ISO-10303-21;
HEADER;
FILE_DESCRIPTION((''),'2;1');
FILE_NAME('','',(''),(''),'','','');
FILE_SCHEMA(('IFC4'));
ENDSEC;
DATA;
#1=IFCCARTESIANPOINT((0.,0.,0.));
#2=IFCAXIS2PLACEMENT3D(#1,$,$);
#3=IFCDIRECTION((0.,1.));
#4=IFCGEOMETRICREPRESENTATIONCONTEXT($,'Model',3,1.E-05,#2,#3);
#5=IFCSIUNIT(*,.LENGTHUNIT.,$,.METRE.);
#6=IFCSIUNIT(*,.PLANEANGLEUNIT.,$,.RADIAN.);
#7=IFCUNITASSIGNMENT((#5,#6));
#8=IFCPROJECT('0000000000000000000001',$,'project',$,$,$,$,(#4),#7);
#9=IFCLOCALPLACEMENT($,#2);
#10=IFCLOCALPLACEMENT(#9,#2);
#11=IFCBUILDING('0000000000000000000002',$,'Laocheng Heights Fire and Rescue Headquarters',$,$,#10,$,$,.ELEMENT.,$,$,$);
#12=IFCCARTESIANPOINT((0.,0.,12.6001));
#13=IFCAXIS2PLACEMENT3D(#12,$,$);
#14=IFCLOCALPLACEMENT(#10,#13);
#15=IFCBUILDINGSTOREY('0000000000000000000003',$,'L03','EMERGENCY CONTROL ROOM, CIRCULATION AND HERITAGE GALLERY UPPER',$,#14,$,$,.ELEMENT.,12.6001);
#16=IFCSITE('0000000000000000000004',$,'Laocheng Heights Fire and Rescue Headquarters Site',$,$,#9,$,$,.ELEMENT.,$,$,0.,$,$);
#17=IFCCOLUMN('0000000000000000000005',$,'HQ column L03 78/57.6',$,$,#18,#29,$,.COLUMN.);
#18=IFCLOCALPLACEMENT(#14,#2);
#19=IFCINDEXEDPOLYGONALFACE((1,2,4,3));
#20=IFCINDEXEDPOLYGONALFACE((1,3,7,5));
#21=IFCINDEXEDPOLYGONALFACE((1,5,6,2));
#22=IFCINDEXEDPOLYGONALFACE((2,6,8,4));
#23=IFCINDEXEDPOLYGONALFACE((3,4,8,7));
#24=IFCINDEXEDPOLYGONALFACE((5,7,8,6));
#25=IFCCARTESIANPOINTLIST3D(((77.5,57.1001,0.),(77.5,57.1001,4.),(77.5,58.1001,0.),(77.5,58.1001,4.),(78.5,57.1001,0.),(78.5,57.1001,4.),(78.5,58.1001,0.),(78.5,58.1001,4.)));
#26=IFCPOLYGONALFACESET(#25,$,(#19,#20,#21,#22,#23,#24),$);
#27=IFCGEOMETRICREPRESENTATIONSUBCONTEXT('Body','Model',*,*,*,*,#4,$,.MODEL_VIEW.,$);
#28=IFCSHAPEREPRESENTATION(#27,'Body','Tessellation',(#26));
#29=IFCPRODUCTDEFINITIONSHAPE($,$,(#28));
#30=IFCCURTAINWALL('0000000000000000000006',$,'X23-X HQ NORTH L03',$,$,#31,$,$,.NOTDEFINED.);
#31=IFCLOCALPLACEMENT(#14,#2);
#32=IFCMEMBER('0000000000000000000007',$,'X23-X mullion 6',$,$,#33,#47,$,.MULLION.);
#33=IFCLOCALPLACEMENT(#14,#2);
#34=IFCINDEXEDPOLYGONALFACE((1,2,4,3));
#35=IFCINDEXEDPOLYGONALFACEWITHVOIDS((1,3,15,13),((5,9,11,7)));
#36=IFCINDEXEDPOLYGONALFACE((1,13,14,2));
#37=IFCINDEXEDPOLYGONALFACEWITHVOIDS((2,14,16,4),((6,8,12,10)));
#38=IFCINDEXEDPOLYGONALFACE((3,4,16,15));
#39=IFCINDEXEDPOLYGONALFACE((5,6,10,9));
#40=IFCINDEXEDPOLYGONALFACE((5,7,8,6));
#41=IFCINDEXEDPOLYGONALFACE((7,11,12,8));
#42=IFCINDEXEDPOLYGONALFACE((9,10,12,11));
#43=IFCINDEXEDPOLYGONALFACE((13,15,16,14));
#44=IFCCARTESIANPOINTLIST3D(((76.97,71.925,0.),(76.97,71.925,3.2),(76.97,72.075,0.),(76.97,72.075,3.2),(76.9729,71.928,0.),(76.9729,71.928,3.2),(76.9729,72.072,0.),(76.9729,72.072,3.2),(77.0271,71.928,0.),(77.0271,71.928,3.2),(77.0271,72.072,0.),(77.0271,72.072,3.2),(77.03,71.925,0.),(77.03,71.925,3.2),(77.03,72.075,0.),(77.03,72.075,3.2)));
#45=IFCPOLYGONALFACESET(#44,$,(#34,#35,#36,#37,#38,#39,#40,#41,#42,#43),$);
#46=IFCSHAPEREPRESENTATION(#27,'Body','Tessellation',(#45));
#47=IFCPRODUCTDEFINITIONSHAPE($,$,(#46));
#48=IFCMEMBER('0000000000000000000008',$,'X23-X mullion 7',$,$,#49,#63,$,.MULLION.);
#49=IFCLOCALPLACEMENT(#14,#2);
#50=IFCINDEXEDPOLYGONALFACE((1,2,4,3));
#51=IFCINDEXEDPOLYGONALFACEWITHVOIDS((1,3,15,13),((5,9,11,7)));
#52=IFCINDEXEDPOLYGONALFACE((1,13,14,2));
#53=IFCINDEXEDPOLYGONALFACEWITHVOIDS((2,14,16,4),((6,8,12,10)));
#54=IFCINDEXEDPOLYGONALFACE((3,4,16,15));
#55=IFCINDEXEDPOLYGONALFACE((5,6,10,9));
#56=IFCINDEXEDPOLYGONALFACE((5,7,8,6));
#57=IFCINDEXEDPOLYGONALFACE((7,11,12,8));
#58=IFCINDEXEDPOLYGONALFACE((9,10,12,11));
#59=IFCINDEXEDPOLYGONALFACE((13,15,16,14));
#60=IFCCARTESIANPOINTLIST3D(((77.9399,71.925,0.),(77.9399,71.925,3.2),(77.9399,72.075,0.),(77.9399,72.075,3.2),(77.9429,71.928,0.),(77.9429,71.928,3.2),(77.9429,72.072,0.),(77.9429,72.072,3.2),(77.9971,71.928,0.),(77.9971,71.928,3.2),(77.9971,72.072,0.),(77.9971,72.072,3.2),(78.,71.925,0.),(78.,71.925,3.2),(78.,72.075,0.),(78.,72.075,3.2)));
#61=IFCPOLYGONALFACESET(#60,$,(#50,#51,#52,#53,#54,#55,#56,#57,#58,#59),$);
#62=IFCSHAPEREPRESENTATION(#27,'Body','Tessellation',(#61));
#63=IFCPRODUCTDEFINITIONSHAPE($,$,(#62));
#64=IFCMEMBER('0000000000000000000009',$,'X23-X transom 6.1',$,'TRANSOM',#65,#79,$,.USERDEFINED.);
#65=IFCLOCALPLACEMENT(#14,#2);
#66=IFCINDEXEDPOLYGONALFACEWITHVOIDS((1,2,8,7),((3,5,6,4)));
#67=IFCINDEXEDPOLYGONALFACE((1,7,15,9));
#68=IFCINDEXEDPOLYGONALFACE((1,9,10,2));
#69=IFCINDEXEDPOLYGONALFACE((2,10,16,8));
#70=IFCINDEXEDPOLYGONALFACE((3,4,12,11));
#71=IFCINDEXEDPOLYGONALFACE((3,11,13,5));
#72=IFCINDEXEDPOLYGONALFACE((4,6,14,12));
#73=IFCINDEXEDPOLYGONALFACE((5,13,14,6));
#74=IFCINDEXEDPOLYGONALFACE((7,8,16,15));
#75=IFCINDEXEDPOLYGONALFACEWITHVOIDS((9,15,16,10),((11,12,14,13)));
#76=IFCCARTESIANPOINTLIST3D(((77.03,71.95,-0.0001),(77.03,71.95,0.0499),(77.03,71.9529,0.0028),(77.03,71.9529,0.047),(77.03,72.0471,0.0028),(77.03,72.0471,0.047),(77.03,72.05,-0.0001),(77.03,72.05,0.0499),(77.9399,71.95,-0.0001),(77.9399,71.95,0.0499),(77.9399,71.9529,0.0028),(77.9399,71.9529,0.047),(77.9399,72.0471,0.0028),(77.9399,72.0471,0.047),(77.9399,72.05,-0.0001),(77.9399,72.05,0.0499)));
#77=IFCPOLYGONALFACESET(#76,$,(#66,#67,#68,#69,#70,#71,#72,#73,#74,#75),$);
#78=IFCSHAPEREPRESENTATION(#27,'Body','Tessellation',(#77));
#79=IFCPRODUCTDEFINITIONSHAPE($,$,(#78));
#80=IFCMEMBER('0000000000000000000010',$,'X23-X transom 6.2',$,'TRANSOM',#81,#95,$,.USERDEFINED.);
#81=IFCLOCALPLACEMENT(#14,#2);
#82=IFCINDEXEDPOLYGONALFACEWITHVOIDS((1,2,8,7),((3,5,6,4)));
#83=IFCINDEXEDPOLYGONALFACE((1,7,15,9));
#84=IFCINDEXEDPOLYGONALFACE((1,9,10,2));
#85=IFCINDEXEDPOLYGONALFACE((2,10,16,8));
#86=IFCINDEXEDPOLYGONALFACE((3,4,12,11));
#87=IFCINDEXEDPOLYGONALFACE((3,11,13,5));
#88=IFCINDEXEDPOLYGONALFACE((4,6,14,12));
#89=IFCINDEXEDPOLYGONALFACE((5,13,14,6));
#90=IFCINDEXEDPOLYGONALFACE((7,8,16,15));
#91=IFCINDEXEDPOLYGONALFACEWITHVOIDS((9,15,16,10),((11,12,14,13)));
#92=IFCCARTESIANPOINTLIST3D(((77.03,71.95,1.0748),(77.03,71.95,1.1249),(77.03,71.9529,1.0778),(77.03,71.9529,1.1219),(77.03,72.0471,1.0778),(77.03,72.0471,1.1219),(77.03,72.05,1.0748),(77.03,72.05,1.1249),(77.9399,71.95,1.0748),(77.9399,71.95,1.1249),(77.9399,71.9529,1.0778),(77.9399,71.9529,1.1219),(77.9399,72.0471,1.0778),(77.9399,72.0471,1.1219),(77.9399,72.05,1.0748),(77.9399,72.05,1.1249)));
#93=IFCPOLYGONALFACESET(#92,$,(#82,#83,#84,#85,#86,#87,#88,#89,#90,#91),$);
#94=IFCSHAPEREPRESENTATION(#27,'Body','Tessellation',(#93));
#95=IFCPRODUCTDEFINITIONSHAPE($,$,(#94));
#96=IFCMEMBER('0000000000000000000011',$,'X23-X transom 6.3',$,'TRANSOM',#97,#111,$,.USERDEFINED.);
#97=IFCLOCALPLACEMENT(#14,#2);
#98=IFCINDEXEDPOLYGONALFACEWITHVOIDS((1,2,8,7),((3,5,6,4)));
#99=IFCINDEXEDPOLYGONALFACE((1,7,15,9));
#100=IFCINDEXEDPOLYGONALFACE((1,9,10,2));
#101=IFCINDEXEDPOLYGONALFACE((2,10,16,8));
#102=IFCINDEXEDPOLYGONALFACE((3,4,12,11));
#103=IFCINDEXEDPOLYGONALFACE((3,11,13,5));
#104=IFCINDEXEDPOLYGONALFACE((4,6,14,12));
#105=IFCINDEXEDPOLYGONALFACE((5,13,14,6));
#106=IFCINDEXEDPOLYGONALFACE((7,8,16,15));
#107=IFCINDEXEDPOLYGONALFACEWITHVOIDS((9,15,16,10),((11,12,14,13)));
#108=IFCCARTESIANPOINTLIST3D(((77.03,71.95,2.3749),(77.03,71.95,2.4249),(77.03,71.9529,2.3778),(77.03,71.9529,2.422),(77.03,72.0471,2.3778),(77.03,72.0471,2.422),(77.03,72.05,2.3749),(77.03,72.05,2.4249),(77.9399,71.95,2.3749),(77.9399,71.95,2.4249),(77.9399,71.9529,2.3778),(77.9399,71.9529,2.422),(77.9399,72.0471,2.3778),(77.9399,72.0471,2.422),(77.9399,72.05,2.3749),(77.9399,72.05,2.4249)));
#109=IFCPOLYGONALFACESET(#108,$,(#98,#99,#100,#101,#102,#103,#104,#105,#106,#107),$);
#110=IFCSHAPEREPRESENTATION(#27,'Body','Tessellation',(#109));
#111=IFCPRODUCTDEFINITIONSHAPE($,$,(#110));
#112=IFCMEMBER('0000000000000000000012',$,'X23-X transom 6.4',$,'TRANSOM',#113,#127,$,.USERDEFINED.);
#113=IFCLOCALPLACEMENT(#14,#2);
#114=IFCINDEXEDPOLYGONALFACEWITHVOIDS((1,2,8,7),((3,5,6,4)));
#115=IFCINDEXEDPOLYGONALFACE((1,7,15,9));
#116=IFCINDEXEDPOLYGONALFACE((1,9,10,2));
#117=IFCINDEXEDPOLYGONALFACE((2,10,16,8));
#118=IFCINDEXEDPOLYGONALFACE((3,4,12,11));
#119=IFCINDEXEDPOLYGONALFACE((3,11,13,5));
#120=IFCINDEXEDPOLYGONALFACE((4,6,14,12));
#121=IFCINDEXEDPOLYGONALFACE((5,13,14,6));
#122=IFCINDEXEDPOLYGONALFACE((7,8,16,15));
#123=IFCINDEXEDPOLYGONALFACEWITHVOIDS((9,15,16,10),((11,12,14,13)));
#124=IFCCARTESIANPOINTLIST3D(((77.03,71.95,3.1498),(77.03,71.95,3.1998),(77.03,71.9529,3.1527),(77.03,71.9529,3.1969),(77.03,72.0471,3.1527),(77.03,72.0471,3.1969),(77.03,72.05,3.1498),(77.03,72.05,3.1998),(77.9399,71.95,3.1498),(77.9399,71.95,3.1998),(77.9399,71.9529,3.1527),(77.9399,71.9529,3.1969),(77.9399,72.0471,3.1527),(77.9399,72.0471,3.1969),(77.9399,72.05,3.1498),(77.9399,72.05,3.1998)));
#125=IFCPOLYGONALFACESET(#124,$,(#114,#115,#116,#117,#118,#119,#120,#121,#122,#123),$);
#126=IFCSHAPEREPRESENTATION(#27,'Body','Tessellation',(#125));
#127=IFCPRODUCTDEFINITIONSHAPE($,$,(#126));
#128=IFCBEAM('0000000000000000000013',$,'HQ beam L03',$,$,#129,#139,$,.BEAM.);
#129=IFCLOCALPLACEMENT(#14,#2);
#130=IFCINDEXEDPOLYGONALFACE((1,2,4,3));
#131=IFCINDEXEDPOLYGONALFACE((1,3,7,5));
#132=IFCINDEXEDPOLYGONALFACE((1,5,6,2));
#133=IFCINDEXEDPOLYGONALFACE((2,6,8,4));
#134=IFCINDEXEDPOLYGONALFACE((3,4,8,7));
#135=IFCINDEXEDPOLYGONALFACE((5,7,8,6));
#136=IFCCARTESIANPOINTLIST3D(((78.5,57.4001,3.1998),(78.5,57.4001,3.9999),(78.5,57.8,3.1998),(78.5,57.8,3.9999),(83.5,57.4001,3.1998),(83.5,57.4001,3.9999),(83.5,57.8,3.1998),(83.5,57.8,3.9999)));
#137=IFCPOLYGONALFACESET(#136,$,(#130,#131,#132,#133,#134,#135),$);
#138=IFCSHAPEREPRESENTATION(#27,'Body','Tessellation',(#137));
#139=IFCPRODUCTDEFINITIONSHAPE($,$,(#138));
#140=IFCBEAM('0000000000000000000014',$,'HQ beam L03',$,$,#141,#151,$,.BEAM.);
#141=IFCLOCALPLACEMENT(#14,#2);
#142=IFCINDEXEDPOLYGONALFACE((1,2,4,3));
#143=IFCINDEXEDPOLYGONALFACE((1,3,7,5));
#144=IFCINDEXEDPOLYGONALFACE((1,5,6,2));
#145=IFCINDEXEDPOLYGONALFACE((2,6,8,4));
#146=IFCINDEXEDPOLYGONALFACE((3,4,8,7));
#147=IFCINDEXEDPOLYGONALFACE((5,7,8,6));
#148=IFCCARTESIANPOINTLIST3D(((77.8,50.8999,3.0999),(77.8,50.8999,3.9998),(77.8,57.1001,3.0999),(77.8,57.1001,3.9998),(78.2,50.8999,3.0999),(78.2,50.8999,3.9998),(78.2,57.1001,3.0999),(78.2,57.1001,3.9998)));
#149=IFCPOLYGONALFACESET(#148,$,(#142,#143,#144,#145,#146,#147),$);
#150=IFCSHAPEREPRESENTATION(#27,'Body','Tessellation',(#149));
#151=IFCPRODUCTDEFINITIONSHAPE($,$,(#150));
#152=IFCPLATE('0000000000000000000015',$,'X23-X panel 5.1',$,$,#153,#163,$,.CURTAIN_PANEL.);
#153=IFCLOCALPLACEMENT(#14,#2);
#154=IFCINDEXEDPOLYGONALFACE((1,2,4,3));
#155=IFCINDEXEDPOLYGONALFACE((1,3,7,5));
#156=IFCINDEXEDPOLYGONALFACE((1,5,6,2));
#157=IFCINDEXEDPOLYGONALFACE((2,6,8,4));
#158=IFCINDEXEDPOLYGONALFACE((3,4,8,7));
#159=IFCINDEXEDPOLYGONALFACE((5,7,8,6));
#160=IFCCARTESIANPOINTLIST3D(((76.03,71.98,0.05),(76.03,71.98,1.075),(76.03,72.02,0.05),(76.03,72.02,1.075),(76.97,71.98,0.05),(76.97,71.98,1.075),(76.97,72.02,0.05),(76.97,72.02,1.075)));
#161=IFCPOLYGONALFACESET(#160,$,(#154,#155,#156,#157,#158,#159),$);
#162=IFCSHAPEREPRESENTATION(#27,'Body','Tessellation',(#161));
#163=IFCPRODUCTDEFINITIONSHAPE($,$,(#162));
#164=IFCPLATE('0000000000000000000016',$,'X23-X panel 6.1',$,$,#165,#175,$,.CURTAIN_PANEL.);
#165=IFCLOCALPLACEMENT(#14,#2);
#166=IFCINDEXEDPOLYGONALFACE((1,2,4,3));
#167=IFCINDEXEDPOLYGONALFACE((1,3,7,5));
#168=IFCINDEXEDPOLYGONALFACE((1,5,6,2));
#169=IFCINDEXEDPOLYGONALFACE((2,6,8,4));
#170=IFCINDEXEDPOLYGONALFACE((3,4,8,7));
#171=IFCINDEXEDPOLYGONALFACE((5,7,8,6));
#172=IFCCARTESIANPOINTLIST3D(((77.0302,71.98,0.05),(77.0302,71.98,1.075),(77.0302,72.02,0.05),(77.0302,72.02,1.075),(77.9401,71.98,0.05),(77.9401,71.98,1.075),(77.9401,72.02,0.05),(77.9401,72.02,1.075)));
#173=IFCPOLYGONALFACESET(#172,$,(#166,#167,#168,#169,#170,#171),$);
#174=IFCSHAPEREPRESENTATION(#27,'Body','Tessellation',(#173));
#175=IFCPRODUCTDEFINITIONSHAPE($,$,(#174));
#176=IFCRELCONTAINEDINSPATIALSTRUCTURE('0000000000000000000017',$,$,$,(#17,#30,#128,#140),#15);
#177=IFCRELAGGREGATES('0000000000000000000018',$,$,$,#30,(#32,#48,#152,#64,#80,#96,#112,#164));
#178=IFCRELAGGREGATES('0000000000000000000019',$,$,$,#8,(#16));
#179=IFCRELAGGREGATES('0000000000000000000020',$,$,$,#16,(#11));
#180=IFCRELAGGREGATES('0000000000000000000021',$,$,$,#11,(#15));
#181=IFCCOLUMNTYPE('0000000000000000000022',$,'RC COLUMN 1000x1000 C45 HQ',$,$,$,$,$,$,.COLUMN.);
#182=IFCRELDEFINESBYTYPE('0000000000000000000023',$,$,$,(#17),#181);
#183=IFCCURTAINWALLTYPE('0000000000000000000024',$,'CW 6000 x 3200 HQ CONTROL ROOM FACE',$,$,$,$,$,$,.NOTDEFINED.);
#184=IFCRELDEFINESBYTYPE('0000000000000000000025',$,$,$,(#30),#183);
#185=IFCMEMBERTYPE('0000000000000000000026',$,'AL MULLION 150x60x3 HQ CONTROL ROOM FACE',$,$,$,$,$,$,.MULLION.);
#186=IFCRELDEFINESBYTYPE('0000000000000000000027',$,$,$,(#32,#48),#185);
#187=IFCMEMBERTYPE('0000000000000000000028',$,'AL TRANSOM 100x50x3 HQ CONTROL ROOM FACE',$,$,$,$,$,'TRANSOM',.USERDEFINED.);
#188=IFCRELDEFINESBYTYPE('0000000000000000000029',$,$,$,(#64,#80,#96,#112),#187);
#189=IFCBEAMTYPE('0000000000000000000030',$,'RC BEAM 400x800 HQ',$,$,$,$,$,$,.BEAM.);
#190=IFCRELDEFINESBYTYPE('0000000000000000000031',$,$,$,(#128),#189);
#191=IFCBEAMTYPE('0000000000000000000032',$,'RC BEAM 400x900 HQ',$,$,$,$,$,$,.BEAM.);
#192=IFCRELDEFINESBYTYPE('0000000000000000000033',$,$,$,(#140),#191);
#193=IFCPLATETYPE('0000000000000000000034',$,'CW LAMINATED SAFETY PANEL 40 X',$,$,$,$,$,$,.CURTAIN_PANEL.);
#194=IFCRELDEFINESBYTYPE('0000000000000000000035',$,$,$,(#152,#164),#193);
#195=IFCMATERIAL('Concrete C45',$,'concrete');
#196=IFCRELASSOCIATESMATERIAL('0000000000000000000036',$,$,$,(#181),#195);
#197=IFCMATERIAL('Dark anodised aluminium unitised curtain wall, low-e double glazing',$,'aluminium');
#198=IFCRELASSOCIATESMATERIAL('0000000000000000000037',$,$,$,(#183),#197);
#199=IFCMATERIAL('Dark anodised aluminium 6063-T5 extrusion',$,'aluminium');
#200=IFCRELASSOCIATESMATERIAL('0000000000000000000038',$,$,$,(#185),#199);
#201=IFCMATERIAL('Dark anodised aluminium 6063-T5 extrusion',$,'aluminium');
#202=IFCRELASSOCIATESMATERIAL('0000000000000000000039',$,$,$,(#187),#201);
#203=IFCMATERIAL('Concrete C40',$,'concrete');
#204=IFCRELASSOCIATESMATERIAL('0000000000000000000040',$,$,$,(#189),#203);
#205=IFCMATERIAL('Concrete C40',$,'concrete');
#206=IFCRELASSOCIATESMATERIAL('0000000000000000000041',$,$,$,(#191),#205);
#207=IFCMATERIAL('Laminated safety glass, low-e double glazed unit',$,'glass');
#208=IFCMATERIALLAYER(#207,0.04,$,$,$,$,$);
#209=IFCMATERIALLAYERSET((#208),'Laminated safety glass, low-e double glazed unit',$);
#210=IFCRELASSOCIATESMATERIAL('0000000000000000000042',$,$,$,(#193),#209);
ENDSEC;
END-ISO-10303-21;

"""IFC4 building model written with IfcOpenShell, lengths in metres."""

from ifc_helpers import new_model, si_unit, direction, frame, origin, origin_2d, place, context, subcontext, project, spatial, rectangle, hollow_rectangle, extrude, material, layer, layer_set, material_profile, profile_set, type_object, element, aggregate, save


model = new_model("IFC4")

# Units and contexts
model_context = context("Model", 3, precision=1e-05, world=origin(), true_north=direction((0.0, 1.0)))
body_context = subcontext(model_context, "Body", "Model", "MODEL_VIEW")
ifc_project = project(units=[si_unit("LENGTHUNIT", "METRE"), si_unit("PLANEANGLEUNIT", "RADIAN")], contexts=[model_context])

# Site, building, storey
site_placement = place(None, origin())
site = spatial("IfcSite", under=ifc_project, at=site_placement, Name="Laocheng Heights Fire and Rescue Headquarters Site", CompositionType="ELEMENT", RefElevation=0.0)
building_placement = place(site_placement, origin())
building = spatial("IfcBuilding", under=site, at=building_placement, Name="Laocheng Heights Fire and Rescue Headquarters", CompositionType="ELEMENT")
storey_placement = place(building_placement, frame((0.0, 0.0, 12.6001)))
storey = spatial("IfcBuildingStorey", under=building, at=storey_placement, Name="L03", Description="EMERGENCY CONTROL ROOM, CIRCULATION AND HERITAGE GALLERY UPPER", CompositionType="ELEMENT", Elevation=12.6001)

# Column
ifc_material_1 = material(Name="Concrete C45", Category="concrete")
ifc_material_profile_1 = material_profile(ifc_material_1, rectangle(XDim=1.0, YDim=1.0, at=origin_2d()), Name="RC COLUMN 1000x1000 C45 HQ")
ifc_profile_set_1 = profile_set([ifc_material_profile_1], Name="Concrete C45")
column_type = type_object("IfcColumnType", Name="RC COLUMN 1000x1000 C45 HQ", PredefinedType="COLUMN", material=ifc_profile_set_1)
column_placement = place(storey_placement, frame((78.0, 57.6001, 0.0), z_axis=(0.0, 0.0, 1.0), x_axis=(1.0, 0.0, 0.0)))
element("IfcColumn", 1, at=column_placement, inside=storey, type_object=column_type, Name="HQ column L03 78/57.6", PredefinedType="COLUMN", context=body_context, shape_type="SweptSolid", body=[
    extrude(rectangle(XDim=1.0, YDim=1.0, at=origin_2d()), origin(), (0.0, 0.0, 1.0), 4.0),
])

# Curtain wall, members
ifc_material_2 = material(Name="Dark anodised aluminium unitised curtain wall, low-e double glazing", Category="aluminium")
curtain_wall_type = type_object("IfcCurtainWallType", Name="CW 6000 x 3200 HQ CONTROL ROOM FACE", PredefinedType="NOTDEFINED", material=ifc_material_2)
curtain_wall_placement = place(storey_placement, origin())
curtain_wall = element("IfcCurtainWall", 2, at=curtain_wall_placement, inside=storey, type_object=curtain_wall_type, Name="X23-X HQ NORTH L03", PredefinedType="NOTDEFINED")
ifc_material_3 = material(Name="Dark anodised aluminium 6063-T5 extrusion", Category="aluminium")
ifc_material_profile_2 = material_profile(ifc_material_3, hollow_rectangle(XDim=0.1499, YDim=0.0601, WallThickness=0.0029, at=origin_2d()), Name="AL MULLION 150x60x3 HQ CONTROL ROOM FACE")
ifc_profile_set_2 = profile_set([ifc_material_profile_2], Name="Dark anodised aluminium 6063-T5 extrusion")
member_type_1 = type_object("IfcMemberType", Name="AL MULLION 150x60x3 HQ CONTROL ROOM FACE", PredefinedType="MULLION", material=ifc_profile_set_2)
member_1_placement = place(storey_placement, frame((77.0, 72.0, 0.0), z_axis=(0.0, 0.0, 1.0), x_axis=(0.0, 1.0, 0.0)))
member_1 = element("IfcMember", 3, at=member_1_placement, type_object=member_type_1, Name="X23-X mullion 6", PredefinedType="MULLION", context=body_context, shape_type="SweptSolid", body=[
    extrude(hollow_rectangle(XDim=0.1499, YDim=0.0601, WallThickness=0.0029, at=origin_2d()), origin(), (0.0, 0.0, 1.0), 3.2),
])
member_2_placement = place(storey_placement, frame((77.97, 72.0, 0.0), z_axis=(0.0, 0.0, 1.0), x_axis=(0.0, 1.0, 0.0)))
member_2 = element("IfcMember", 4, at=member_2_placement, type_object=member_type_1, Name="X23-X mullion 7", PredefinedType="MULLION", context=body_context, shape_type="SweptSolid", body=[
    extrude(hollow_rectangle(XDim=0.1499, YDim=0.0601, WallThickness=0.0029, at=origin_2d()), origin(), (0.0, 0.0, 1.0), 3.2),
])
ifc_material_4 = material(Name="Dark anodised aluminium 6063-T5 extrusion", Category="aluminium")
ifc_material_profile_3 = material_profile(ifc_material_4, hollow_rectangle(XDim=0.1001, YDim=0.05, WallThickness=0.0029, at=origin_2d()), Name="AL TRANSOM 100x50x3 HQ CONTROL ROOM FACE")
ifc_profile_set_3 = profile_set([ifc_material_profile_3], Name="Dark anodised aluminium 6063-T5 extrusion")
member_type_2 = type_object("IfcMemberType", Name="AL TRANSOM 100x50x3 HQ CONTROL ROOM FACE", ElementType="TRANSOM", PredefinedType="USERDEFINED", material=ifc_profile_set_3)
member_3_placement = place(storey_placement, frame((77.03, 72.0, 0.0249), z_axis=(1.0, 0.0, 0.0), x_axis=(0.0, 1.0, 0.0)))
member_3 = element("IfcMember", 5, at=member_3_placement, type_object=member_type_2, Name="X23-X transom 6.1", ObjectType="TRANSOM", PredefinedType="USERDEFINED", context=body_context, shape_type="SweptSolid", body=[
    extrude(hollow_rectangle(XDim=0.1001, YDim=0.05, WallThickness=0.0029, at=origin_2d()), origin(), (0.0, 0.0, 1.0), 0.9099),
])
member_4_placement = place(storey_placement, frame((77.03, 72.0, 1.0999), z_axis=(1.0, 0.0, 0.0), x_axis=(0.0, 1.0, 0.0)))
member_4 = element("IfcMember", 6, at=member_4_placement, type_object=member_type_2, Name="X23-X transom 6.2", ObjectType="TRANSOM", PredefinedType="USERDEFINED", context=body_context, shape_type="SweptSolid", body=[
    extrude(hollow_rectangle(XDim=0.1001, YDim=0.05, WallThickness=0.0029, at=origin_2d()), origin(), (0.0, 0.0, 1.0), 0.9099),
])
member_5_placement = place(storey_placement, frame((77.03, 72.0, 2.3999), z_axis=(1.0, 0.0, 0.0), x_axis=(0.0, 1.0, 0.0)))
member_5 = element("IfcMember", 7, at=member_5_placement, type_object=member_type_2, Name="X23-X transom 6.3", ObjectType="TRANSOM", PredefinedType="USERDEFINED", context=body_context, shape_type="SweptSolid", body=[
    extrude(hollow_rectangle(XDim=0.1001, YDim=0.05, WallThickness=0.0029, at=origin_2d()), origin(), (0.0, 0.0, 1.0), 0.9099),
])
member_6_placement = place(storey_placement, frame((77.03, 72.0, 3.1748), z_axis=(1.0, 0.0, 0.0), x_axis=(0.0, 1.0, 0.0)))
member_6 = element("IfcMember", 8, at=member_6_placement, type_object=member_type_2, Name="X23-X transom 6.4", ObjectType="TRANSOM", PredefinedType="USERDEFINED", context=body_context, shape_type="SweptSolid", body=[
    extrude(hollow_rectangle(XDim=0.1001, YDim=0.05, WallThickness=0.0029, at=origin_2d()), origin(), (0.0, 0.0, 1.0), 0.9099),
])

# Beams
ifc_material_5 = material(Name="Concrete C40", Category="concrete")
ifc_material_profile_4 = material_profile(ifc_material_5, rectangle(XDim=0.3999, YDim=0.8, at=origin_2d()), Name="RC BEAM 400x800 HQ")
ifc_profile_set_4 = profile_set([ifc_material_profile_4], Name="Concrete C40")
beam_type_1 = type_object("IfcBeamType", Name="RC BEAM 400x800 HQ", PredefinedType="BEAM", material=ifc_profile_set_4)
beam_1_placement = place(storey_placement, frame((78.5, 57.6001, 3.5999), z_axis=(1.0, 0.0, 0.0), x_axis=(0.0, 1.0, 0.0)))
element("IfcBeam", 9, at=beam_1_placement, inside=storey, type_object=beam_type_1, Name="HQ beam L03", PredefinedType="BEAM", context=body_context, shape_type="SweptSolid", body=[
    extrude(rectangle(XDim=0.3999, YDim=0.8, at=origin_2d()), origin(), (0.0, 0.0, 1.0), 5.0),
])
ifc_material_6 = material(Name="Concrete C40", Category="concrete")
ifc_material_profile_5 = material_profile(ifc_material_6, rectangle(XDim=0.3999, YDim=0.8999, at=origin_2d()), Name="RC BEAM 400x900 HQ")
ifc_profile_set_5 = profile_set([ifc_material_profile_5], Name="Concrete C40")
beam_type_2 = type_object("IfcBeamType", Name="RC BEAM 400x900 HQ", PredefinedType="BEAM", material=ifc_profile_set_5)
beam_2_placement = place(storey_placement, frame((78.0, 50.8999, 3.5498), z_axis=(0.0, 1.0, 0.0), x_axis=(-1.0, 0.0, 0.0)))
element("IfcBeam", 10, at=beam_2_placement, inside=storey, type_object=beam_type_2, Name="HQ beam L03", PredefinedType="BEAM", context=body_context, shape_type="SweptSolid", body=[
    extrude(rectangle(XDim=0.3999, YDim=0.8999, at=origin_2d()), origin(), (0.0, 0.0, 1.0), 6.2002),
])

# Plates
ifc_material_7 = material(Name="Laminated safety glass, low-e double glazed unit", Category="glass")
ifc_layer_1 = layer(ifc_material_7, 0.04)
ifc_layer_set_1 = layer_set([ifc_layer_1], Name="Laminated safety glass, low-e double glazed unit")
plate_type_1 = type_object("IfcPlateType", Name="CW LAMINATED SAFETY PANEL 40 X", PredefinedType="CURTAIN_PANEL", material=ifc_layer_set_1)
plate_1_placement = place(storey_placement, frame((76.5, 72.0, 0.05), z_axis=(0.0, 0.0, 1.0), x_axis=(1.0, 0.0, 0.0)))
plate_1 = element("IfcPlate", 11, at=plate_1_placement, type_object=plate_type_1, Name="X23-X panel 5.1", PredefinedType="CURTAIN_PANEL", context=body_context, shape_type="SweptSolid", body=[
    extrude(rectangle(XDim=0.9399, YDim=0.04, at=origin_2d()), origin(), (0.0, 0.0, 1.0), 1.0249),
])
plate_2_placement = place(storey_placement, frame((77.4851, 72.0, 0.05), z_axis=(0.0, 0.0, 1.0), x_axis=(1.0, 0.0, 0.0)))
plate_2 = element("IfcPlate", 12, at=plate_2_placement, type_object=plate_type_1, Name="X23-X panel 6.1", PredefinedType="CURTAIN_PANEL", context=body_context, shape_type="SweptSolid", body=[
    extrude(rectangle(XDim=0.9099, YDim=0.04, at=origin_2d()), origin(), (0.0, 0.0, 1.0), 1.0249),
])
aggregate(curtain_wall, [member_1, member_2, plate_1, member_3, member_4, member_5, member_6, plate_2])

save(model, "model.ifc")
